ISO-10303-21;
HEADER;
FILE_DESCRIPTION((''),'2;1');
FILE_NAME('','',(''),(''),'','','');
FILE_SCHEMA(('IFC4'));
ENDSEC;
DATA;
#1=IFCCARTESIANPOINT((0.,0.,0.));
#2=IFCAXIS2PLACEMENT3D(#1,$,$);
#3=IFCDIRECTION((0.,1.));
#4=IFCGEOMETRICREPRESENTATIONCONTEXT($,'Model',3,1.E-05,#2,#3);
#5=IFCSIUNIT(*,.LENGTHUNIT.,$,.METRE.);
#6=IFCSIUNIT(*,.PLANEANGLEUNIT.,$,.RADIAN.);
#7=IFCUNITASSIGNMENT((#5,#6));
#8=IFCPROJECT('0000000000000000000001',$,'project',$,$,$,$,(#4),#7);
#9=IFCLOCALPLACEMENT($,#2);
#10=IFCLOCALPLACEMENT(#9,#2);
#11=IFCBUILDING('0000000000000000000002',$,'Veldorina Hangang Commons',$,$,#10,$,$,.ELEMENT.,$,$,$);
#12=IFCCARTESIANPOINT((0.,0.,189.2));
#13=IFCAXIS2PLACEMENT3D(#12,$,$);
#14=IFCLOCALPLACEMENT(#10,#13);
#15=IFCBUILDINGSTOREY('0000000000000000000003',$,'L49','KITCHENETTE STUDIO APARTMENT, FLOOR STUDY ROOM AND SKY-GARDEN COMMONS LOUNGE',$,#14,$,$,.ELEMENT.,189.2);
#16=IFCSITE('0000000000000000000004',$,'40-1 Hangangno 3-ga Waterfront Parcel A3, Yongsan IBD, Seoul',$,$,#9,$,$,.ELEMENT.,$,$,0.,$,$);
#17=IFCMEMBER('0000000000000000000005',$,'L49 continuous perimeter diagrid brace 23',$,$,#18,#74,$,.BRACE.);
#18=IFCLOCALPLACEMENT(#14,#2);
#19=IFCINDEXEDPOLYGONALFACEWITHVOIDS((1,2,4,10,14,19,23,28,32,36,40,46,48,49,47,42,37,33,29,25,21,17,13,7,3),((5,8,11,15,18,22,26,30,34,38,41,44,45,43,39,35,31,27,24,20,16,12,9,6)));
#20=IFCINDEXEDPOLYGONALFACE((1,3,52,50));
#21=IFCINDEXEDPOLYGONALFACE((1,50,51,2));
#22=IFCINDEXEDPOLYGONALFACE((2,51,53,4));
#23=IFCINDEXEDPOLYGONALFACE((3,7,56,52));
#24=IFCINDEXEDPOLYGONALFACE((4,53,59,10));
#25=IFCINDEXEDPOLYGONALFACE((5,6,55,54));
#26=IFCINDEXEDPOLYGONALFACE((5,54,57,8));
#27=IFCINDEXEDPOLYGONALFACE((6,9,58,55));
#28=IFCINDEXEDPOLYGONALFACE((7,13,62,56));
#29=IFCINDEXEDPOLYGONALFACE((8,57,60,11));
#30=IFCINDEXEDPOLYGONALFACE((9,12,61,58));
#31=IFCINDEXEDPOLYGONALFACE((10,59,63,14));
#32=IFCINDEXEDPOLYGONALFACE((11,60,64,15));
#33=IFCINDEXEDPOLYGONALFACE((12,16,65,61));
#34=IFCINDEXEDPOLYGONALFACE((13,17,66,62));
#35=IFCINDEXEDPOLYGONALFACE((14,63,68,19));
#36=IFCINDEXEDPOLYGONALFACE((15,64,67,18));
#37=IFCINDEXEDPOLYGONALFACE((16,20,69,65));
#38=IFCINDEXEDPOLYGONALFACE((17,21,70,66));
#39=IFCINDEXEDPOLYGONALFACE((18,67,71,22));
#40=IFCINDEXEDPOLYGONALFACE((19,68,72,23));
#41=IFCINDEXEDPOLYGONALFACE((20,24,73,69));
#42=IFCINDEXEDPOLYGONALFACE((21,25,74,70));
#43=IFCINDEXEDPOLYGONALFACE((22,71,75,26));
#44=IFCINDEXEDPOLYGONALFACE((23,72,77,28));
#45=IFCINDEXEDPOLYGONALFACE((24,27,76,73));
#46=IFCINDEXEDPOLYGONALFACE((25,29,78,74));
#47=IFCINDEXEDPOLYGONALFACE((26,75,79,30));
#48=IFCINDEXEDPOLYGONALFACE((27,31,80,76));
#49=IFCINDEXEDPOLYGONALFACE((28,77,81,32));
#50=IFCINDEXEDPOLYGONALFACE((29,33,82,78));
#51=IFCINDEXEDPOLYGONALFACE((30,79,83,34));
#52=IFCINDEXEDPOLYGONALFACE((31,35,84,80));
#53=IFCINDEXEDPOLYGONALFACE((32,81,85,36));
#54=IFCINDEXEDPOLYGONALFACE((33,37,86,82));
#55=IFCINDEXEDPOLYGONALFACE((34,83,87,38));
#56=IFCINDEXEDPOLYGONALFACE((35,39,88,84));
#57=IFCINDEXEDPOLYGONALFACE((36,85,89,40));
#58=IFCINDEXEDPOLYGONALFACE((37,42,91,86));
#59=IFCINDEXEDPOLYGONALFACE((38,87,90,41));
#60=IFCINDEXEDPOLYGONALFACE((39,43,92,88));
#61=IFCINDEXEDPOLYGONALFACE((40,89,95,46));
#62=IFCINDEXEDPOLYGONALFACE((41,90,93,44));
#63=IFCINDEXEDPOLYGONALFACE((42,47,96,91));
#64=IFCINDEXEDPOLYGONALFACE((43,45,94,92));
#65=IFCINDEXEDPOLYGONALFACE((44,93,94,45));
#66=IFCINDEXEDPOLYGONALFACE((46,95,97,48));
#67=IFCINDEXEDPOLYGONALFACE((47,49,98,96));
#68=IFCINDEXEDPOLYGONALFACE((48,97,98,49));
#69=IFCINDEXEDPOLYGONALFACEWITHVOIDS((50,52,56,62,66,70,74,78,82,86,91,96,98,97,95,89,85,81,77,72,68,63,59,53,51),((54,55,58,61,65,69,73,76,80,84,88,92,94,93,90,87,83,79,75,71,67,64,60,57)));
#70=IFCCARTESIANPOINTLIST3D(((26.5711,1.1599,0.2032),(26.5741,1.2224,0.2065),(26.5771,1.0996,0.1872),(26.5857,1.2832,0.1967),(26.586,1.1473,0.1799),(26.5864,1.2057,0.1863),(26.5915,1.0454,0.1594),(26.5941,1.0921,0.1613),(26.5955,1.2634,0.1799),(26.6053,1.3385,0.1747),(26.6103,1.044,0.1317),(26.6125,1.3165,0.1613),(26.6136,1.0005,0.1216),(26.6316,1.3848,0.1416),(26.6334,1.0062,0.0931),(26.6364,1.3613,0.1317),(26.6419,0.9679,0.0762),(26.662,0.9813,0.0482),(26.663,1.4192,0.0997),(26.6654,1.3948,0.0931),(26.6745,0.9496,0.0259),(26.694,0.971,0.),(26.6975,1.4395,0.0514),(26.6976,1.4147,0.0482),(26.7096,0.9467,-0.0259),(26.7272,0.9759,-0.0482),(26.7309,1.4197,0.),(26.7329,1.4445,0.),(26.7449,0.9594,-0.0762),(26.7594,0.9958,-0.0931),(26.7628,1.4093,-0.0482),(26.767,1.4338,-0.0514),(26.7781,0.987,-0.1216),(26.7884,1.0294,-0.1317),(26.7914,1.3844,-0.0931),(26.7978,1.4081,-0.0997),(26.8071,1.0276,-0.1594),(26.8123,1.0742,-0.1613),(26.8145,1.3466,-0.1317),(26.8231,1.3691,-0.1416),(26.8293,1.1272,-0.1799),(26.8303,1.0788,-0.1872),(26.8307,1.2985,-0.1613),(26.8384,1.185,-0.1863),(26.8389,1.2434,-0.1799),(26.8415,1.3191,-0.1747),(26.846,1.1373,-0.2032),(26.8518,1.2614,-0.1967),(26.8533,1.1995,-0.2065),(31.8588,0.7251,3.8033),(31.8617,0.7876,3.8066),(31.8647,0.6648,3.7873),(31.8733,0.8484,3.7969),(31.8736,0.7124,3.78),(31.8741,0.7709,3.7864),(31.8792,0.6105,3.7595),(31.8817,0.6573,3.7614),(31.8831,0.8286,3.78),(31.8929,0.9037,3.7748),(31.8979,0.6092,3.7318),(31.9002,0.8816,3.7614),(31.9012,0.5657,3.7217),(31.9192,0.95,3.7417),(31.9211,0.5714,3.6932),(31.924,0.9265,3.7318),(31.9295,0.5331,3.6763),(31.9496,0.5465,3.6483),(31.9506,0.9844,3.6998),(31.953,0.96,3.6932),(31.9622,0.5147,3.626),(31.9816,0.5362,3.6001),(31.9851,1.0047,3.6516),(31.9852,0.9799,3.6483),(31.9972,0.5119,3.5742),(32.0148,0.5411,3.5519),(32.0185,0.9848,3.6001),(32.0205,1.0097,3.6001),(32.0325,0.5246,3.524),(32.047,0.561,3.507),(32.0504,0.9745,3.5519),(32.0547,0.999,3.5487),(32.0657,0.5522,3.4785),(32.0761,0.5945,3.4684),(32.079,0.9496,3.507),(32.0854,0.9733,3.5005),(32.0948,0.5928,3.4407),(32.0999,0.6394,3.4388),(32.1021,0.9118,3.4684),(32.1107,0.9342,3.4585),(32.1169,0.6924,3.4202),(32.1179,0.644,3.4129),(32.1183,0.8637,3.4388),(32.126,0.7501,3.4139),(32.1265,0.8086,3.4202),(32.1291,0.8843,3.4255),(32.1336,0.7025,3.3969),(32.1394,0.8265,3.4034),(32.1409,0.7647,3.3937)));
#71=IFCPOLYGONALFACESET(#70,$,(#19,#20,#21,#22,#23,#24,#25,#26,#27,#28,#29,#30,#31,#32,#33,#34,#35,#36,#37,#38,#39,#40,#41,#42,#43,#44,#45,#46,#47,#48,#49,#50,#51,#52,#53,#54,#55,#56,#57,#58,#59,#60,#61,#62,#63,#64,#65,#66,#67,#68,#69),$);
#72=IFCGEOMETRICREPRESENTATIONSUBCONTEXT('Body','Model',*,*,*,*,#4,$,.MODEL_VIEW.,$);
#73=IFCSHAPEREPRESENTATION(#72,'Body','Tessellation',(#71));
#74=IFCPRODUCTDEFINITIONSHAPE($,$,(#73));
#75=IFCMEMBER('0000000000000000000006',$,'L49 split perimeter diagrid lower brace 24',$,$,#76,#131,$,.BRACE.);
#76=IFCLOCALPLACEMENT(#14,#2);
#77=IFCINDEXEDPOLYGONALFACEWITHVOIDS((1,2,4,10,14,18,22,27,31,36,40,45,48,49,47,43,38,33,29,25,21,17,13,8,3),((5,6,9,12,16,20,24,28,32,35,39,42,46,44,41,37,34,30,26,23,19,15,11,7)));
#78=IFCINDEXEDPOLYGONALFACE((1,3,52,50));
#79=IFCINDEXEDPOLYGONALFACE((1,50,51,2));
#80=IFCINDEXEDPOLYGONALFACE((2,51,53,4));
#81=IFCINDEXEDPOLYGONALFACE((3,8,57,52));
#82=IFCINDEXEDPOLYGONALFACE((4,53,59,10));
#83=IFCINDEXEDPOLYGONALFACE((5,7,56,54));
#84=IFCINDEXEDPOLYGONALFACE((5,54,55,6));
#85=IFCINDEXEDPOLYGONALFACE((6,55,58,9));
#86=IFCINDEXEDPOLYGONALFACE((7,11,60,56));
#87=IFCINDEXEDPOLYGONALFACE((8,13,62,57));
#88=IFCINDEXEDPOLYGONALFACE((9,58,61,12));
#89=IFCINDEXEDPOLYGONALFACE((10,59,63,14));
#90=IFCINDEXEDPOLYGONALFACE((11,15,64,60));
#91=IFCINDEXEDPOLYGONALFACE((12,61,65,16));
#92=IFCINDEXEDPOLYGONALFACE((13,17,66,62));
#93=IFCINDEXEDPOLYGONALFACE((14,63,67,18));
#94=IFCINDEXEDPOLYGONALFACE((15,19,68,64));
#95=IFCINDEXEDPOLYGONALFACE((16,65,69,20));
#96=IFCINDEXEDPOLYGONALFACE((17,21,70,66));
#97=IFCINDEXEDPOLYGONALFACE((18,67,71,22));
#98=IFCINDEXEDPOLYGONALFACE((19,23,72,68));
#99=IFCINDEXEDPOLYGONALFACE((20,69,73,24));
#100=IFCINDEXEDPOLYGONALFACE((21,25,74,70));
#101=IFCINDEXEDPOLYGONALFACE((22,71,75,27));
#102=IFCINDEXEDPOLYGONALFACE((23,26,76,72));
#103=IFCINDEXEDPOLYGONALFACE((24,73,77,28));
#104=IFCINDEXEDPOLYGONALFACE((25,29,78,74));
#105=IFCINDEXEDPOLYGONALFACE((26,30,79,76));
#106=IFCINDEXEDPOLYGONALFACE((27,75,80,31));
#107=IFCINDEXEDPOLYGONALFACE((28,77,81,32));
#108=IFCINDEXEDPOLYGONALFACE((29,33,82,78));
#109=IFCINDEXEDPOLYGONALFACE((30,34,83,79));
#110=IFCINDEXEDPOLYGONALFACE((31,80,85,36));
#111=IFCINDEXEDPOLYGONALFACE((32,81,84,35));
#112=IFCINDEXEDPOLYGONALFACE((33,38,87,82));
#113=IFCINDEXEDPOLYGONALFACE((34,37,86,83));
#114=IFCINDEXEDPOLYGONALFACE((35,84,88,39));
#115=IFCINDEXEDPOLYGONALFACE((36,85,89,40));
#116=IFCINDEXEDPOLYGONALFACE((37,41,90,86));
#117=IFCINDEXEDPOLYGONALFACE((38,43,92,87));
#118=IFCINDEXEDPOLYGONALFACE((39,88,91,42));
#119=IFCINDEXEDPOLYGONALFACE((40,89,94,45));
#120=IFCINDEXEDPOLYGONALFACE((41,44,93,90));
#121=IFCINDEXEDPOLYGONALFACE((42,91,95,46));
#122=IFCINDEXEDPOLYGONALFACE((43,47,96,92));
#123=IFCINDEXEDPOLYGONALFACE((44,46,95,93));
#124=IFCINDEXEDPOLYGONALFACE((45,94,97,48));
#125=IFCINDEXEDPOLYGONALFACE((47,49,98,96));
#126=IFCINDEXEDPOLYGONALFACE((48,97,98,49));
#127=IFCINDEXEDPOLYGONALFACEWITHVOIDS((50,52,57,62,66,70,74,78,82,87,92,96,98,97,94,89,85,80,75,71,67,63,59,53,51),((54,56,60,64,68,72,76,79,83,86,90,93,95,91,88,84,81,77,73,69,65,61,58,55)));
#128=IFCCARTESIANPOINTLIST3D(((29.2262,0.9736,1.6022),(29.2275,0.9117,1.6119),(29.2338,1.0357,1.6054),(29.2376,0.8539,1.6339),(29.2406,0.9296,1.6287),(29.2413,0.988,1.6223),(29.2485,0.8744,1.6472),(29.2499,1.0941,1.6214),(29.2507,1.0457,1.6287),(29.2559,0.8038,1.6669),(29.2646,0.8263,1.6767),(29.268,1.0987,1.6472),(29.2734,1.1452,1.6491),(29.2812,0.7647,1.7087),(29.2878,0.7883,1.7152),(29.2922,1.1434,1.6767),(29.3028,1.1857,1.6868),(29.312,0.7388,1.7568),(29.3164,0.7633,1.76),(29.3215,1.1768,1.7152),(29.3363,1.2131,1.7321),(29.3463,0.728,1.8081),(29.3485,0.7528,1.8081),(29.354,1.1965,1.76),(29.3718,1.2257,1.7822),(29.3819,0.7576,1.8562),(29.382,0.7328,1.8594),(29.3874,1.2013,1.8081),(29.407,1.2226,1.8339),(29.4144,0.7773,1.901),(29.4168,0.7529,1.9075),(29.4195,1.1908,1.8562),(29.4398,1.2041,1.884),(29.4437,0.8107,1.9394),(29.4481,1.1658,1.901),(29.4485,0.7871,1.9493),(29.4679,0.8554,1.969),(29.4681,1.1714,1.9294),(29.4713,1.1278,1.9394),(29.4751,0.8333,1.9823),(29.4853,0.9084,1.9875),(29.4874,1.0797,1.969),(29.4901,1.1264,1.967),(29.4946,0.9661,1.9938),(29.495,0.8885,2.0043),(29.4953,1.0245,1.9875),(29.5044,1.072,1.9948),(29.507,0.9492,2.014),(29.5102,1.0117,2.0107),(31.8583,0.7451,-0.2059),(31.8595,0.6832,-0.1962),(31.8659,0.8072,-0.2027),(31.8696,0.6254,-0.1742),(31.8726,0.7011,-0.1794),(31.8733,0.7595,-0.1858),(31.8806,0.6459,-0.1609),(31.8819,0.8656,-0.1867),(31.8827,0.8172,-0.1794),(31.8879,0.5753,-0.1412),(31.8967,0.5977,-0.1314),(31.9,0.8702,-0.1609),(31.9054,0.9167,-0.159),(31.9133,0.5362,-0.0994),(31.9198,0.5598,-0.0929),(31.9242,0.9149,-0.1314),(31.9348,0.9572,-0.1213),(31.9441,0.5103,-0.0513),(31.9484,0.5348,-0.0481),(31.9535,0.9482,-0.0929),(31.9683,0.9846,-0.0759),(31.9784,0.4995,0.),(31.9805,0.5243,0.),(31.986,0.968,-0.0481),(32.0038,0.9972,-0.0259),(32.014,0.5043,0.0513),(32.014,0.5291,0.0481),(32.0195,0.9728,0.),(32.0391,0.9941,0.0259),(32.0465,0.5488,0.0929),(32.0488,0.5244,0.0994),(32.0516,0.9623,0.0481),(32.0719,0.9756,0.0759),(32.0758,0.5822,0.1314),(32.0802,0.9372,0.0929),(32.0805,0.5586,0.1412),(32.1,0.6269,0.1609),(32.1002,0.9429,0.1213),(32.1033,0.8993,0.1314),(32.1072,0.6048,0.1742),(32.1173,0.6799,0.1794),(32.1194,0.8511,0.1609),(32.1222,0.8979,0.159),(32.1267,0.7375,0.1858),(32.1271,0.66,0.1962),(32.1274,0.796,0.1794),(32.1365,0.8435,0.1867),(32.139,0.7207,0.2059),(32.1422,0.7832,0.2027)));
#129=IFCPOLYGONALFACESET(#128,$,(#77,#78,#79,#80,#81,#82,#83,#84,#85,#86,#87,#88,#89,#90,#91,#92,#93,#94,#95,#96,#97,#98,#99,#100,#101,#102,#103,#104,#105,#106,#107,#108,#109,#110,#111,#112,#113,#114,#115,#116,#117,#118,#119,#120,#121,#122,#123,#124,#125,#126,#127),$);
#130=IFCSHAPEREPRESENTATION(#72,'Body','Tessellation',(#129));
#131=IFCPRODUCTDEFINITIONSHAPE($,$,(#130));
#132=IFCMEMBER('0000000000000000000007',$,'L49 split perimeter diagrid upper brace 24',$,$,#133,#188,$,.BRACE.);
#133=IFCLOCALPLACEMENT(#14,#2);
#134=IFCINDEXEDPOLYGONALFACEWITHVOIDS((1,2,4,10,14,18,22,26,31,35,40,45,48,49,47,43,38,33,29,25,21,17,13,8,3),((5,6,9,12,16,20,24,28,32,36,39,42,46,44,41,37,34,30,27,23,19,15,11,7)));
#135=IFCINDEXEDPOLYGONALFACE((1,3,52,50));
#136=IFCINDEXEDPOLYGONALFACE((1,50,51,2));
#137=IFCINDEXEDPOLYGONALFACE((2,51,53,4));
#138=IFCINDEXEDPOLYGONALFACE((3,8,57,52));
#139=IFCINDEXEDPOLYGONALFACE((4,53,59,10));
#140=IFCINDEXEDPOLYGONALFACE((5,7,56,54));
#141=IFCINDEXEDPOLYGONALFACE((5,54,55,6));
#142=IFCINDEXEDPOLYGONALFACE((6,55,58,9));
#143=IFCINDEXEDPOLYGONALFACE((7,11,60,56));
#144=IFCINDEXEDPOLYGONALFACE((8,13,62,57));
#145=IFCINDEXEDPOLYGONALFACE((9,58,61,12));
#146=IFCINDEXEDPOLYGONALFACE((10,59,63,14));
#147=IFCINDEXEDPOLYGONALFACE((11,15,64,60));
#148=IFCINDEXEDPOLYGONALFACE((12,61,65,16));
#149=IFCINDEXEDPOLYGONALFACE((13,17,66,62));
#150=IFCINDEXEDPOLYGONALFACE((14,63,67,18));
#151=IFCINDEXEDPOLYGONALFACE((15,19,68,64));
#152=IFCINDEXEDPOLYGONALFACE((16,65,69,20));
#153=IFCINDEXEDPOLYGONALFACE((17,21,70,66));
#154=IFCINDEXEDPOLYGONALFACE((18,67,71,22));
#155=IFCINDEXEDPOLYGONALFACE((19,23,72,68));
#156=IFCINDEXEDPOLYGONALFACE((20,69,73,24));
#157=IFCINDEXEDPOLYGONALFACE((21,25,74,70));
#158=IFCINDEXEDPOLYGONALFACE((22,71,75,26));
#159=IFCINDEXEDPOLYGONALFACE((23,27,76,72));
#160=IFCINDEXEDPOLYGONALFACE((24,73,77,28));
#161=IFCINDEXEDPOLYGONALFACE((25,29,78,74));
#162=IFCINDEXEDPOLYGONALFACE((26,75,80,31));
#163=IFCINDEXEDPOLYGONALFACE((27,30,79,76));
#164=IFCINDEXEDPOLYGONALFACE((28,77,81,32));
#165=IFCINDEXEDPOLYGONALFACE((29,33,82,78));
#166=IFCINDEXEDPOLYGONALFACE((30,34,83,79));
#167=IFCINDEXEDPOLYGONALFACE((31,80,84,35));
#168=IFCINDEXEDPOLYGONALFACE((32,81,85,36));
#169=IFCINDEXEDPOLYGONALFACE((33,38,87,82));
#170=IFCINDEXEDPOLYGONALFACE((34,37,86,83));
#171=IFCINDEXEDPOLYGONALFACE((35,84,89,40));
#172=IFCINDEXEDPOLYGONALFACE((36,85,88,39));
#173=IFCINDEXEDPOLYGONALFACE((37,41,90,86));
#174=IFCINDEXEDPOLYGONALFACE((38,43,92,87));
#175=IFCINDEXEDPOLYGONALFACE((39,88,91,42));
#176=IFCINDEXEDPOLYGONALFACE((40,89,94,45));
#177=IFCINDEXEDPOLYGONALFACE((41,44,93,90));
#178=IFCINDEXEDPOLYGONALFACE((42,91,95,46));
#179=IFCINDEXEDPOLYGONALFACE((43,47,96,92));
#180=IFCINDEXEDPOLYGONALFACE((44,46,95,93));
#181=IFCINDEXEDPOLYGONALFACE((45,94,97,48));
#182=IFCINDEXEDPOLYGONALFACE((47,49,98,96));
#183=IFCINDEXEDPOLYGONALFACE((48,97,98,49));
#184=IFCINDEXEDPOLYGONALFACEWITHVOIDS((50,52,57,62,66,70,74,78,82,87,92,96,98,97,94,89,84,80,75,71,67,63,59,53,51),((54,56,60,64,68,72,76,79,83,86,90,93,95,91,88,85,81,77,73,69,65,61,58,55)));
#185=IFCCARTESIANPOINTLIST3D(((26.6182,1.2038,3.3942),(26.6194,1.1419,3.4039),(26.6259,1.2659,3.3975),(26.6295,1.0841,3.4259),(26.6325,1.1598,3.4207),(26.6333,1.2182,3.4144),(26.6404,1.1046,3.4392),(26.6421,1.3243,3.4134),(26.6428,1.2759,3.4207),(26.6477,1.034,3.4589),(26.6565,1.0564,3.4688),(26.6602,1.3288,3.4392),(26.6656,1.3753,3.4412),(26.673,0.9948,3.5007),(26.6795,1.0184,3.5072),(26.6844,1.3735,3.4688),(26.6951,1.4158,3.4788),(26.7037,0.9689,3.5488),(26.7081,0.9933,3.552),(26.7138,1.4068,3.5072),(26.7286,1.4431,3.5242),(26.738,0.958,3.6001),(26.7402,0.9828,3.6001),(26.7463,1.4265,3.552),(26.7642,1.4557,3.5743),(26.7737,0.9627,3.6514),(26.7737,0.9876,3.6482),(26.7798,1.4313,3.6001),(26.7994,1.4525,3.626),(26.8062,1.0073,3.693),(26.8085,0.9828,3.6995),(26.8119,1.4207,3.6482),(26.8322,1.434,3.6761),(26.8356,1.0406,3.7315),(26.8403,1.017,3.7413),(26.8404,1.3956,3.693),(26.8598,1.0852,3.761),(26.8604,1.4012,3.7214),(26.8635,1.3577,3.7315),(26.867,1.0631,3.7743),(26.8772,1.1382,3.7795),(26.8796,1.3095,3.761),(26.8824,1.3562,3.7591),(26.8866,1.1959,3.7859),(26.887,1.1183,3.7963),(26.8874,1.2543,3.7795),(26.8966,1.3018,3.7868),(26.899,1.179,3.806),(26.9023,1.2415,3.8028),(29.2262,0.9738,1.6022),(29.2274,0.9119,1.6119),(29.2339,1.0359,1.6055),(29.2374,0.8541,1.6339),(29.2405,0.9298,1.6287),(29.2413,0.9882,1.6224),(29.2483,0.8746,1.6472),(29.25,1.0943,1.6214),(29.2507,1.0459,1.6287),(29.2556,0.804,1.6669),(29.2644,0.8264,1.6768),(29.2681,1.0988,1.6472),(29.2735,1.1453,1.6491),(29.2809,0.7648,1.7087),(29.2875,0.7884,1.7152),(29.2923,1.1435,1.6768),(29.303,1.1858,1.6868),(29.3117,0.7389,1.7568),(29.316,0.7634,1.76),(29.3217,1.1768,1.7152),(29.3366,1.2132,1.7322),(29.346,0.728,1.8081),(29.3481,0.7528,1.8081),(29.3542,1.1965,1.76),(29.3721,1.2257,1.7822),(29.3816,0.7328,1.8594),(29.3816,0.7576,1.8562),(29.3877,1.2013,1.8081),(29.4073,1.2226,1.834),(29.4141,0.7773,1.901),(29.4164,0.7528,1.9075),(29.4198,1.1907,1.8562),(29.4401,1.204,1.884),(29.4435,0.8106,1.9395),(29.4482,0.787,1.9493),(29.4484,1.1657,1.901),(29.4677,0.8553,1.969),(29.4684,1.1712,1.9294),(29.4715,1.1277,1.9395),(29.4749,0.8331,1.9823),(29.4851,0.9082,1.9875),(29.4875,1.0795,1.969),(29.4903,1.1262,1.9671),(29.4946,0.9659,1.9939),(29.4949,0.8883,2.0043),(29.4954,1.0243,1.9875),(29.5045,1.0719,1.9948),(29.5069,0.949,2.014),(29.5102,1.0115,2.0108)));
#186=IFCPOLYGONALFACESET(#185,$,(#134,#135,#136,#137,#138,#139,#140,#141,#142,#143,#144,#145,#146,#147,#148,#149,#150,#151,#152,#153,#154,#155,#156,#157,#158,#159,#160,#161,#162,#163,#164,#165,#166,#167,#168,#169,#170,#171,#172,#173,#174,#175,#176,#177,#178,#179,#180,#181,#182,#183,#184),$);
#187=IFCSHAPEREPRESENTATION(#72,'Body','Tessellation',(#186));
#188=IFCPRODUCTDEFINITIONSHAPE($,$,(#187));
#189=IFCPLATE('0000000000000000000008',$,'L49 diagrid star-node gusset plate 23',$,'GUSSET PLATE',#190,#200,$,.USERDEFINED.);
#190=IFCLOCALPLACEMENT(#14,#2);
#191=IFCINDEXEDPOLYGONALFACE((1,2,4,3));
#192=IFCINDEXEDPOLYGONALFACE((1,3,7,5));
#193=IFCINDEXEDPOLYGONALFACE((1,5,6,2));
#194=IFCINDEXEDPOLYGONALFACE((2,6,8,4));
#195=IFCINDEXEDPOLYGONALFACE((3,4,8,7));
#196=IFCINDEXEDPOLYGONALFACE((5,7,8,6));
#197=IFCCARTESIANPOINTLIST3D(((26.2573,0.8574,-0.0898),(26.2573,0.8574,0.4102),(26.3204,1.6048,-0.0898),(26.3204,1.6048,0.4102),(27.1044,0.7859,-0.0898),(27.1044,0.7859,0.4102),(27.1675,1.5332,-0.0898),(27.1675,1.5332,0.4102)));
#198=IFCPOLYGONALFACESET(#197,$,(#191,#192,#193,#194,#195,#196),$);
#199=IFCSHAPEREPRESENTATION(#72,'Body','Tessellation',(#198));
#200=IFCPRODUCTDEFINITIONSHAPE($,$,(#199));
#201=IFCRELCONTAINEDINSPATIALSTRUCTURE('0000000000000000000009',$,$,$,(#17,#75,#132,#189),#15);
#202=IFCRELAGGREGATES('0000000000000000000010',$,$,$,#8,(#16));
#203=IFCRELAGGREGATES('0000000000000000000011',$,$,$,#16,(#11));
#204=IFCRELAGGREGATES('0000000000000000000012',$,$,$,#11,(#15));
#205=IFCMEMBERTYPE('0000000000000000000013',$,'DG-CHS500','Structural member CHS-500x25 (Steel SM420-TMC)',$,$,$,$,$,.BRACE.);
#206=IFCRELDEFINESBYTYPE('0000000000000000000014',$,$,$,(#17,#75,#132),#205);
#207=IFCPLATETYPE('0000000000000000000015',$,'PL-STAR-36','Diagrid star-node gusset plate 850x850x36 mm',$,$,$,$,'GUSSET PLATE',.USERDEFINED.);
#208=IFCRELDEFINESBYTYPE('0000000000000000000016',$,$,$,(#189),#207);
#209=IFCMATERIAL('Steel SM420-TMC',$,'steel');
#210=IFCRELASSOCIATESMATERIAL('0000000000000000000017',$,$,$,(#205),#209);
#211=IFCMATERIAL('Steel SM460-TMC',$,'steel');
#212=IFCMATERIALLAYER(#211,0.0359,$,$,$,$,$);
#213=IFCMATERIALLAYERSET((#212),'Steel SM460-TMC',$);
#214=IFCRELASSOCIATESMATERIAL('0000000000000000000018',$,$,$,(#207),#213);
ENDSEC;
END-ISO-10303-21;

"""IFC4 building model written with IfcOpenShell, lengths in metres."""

from ifc_helpers import new_model, si_unit, direction, frame, origin, origin_2d, place, context, subcontext, project, spatial, rectangle, hollow_circle, extrude, material, layer, layer_set, material_profile, profile_set, type_object, element, save


model = new_model("IFC4")

# Units and contexts
model_context = context("Model", 3, precision=1e-05, world=origin(), true_north=direction((0.0, 1.0)))
body_context = subcontext(model_context, "Body", "Model", "MODEL_VIEW")
ifc_project = project(units=[si_unit("LENGTHUNIT", "METRE"), si_unit("PLANEANGLEUNIT", "RADIAN")], contexts=[model_context])

# Site, building, storey
site_placement = place(None, origin())
site = spatial("IfcSite", under=ifc_project, at=site_placement, Name="40-1 Hangangno 3-ga Waterfront Parcel A3, Yongsan IBD, Seoul", CompositionType="ELEMENT", RefElevation=0.0)
building_placement = place(site_placement, origin())
building = spatial("IfcBuilding", under=site, at=building_placement, Name="Veldorina Hangang Commons", CompositionType="ELEMENT")
storey_placement = place(building_placement, frame((0.0, 0.0, 189.2)))
storey = spatial("IfcBuildingStorey", under=building, at=storey_placement, Name="L49", Description="KITCHENETTE STUDIO APARTMENT, FLOOR STUDY ROOM AND SKY-GARDEN COMMONS LOUNGE", CompositionType="ELEMENT", Elevation=189.2)

# Shared definitions
ifc_material_1 = material(Name="Steel SM420-TMC", Category="steel")

# Members
ifc_material_profile_1 = material_profile(ifc_material_1, hollow_circle(Radius=0.25, WallThickness=0.0249, at=origin_2d()), Name="CHS-500x25")
ifc_profile_set_1 = profile_set([ifc_material_profile_1], Name="Steel SM420-TMC")
member_type_1 = type_object("IfcMemberType", Name="DG-CHS500", Description="Structural member CHS-500x25 (Steel SM420-TMC)", PredefinedType="BRACE", material=ifc_profile_set_1)
member_1_placement = place(storey_placement, frame((26.7124, 1.1953, 0.0), z_axis=(0.824694, -0.067817, 0.561499), x_axis=(0.081956, 0.996636, 0.0)))
element("IfcMember", 1, at=member_1_placement, inside=storey, type_object=member_type_1, Name="L49 continuous perimeter diagrid brace 23", PredefinedType="BRACE", context=body_context, shape_type="SweptSolid", body=[
    extrude(hollow_circle(Radius=0.25, WallThickness=0.0249, at=origin_2d()), origin(), (0.0, 0.0, 1.0), 6.4116),
])
member_2_placement = place(storey_placement, frame((32.0, 0.7485, 0.0), z_axis=(-0.822151, 0.071379, 0.564776), x_axis=(-0.086494, -0.996252, 0.0)))
element("IfcMember", 2, at=member_2_placement, inside=storey, type_object=member_type_1, Name="L49 split perimeter diagrid lower brace 24", PredefinedType="BRACE", context=body_context, shape_type="SweptSolid", body=[
    extrude(hollow_circle(Radius=0.25, WallThickness=0.0249, at=origin_2d()), origin(), (0.0, 0.0, 1.0), 3.2014),
])
member_3_placement = place(storey_placement, frame((29.3679, 0.9771, 1.8081), z_axis=(-0.822013, 0.07249, 0.564836), x_axis=(-0.087845, -0.996134, 0.0)))
element("IfcMember", 3, at=member_3_placement, inside=storey, type_object=member_type_1, Name="L49 split perimeter diagrid upper brace 24", PredefinedType="BRACE", context=body_context, shape_type="SweptSolid", body=[
    extrude(hollow_circle(Radius=0.25, WallThickness=0.0249, at=origin_2d()), origin(), (0.0, 0.0, 1.0), 3.1726),
])

# Plate
ifc_material_2 = material(Name="Steel SM460-TMC", Category="steel")
ifc_layer_1 = layer(ifc_material_2, 0.0359)
ifc_layer_set_1 = layer_set([ifc_layer_1], Name="Steel SM460-TMC")
plate_type = type_object("IfcPlateType", Name="PL-STAR-36", Description="Diagrid star-node gusset plate 850x850x36 mm", ElementType="GUSSET PLATE", PredefinedType="USERDEFINED", material=ifc_layer_set_1)
plate_1_placement = place(storey_placement, frame((26.7124, 1.1953, -0.0898), z_axis=(0.0, 0.0, 1.0), x_axis=(0.996449, -0.0842, 0.0)))
element("IfcPlate", 4, at=plate_1_placement, inside=storey, type_object=plate_type, Name="L49 diagrid star-node gusset plate 23", ObjectType="GUSSET PLATE", PredefinedType="USERDEFINED", context=body_context, shape_type="SweptSolid", body=[
    extrude(rectangle(XDim=0.8501, YDim=0.75, at=origin_2d()), origin(), (0.0, 0.0, 1.0), 0.5),
])

save(model, "model.ifc")
